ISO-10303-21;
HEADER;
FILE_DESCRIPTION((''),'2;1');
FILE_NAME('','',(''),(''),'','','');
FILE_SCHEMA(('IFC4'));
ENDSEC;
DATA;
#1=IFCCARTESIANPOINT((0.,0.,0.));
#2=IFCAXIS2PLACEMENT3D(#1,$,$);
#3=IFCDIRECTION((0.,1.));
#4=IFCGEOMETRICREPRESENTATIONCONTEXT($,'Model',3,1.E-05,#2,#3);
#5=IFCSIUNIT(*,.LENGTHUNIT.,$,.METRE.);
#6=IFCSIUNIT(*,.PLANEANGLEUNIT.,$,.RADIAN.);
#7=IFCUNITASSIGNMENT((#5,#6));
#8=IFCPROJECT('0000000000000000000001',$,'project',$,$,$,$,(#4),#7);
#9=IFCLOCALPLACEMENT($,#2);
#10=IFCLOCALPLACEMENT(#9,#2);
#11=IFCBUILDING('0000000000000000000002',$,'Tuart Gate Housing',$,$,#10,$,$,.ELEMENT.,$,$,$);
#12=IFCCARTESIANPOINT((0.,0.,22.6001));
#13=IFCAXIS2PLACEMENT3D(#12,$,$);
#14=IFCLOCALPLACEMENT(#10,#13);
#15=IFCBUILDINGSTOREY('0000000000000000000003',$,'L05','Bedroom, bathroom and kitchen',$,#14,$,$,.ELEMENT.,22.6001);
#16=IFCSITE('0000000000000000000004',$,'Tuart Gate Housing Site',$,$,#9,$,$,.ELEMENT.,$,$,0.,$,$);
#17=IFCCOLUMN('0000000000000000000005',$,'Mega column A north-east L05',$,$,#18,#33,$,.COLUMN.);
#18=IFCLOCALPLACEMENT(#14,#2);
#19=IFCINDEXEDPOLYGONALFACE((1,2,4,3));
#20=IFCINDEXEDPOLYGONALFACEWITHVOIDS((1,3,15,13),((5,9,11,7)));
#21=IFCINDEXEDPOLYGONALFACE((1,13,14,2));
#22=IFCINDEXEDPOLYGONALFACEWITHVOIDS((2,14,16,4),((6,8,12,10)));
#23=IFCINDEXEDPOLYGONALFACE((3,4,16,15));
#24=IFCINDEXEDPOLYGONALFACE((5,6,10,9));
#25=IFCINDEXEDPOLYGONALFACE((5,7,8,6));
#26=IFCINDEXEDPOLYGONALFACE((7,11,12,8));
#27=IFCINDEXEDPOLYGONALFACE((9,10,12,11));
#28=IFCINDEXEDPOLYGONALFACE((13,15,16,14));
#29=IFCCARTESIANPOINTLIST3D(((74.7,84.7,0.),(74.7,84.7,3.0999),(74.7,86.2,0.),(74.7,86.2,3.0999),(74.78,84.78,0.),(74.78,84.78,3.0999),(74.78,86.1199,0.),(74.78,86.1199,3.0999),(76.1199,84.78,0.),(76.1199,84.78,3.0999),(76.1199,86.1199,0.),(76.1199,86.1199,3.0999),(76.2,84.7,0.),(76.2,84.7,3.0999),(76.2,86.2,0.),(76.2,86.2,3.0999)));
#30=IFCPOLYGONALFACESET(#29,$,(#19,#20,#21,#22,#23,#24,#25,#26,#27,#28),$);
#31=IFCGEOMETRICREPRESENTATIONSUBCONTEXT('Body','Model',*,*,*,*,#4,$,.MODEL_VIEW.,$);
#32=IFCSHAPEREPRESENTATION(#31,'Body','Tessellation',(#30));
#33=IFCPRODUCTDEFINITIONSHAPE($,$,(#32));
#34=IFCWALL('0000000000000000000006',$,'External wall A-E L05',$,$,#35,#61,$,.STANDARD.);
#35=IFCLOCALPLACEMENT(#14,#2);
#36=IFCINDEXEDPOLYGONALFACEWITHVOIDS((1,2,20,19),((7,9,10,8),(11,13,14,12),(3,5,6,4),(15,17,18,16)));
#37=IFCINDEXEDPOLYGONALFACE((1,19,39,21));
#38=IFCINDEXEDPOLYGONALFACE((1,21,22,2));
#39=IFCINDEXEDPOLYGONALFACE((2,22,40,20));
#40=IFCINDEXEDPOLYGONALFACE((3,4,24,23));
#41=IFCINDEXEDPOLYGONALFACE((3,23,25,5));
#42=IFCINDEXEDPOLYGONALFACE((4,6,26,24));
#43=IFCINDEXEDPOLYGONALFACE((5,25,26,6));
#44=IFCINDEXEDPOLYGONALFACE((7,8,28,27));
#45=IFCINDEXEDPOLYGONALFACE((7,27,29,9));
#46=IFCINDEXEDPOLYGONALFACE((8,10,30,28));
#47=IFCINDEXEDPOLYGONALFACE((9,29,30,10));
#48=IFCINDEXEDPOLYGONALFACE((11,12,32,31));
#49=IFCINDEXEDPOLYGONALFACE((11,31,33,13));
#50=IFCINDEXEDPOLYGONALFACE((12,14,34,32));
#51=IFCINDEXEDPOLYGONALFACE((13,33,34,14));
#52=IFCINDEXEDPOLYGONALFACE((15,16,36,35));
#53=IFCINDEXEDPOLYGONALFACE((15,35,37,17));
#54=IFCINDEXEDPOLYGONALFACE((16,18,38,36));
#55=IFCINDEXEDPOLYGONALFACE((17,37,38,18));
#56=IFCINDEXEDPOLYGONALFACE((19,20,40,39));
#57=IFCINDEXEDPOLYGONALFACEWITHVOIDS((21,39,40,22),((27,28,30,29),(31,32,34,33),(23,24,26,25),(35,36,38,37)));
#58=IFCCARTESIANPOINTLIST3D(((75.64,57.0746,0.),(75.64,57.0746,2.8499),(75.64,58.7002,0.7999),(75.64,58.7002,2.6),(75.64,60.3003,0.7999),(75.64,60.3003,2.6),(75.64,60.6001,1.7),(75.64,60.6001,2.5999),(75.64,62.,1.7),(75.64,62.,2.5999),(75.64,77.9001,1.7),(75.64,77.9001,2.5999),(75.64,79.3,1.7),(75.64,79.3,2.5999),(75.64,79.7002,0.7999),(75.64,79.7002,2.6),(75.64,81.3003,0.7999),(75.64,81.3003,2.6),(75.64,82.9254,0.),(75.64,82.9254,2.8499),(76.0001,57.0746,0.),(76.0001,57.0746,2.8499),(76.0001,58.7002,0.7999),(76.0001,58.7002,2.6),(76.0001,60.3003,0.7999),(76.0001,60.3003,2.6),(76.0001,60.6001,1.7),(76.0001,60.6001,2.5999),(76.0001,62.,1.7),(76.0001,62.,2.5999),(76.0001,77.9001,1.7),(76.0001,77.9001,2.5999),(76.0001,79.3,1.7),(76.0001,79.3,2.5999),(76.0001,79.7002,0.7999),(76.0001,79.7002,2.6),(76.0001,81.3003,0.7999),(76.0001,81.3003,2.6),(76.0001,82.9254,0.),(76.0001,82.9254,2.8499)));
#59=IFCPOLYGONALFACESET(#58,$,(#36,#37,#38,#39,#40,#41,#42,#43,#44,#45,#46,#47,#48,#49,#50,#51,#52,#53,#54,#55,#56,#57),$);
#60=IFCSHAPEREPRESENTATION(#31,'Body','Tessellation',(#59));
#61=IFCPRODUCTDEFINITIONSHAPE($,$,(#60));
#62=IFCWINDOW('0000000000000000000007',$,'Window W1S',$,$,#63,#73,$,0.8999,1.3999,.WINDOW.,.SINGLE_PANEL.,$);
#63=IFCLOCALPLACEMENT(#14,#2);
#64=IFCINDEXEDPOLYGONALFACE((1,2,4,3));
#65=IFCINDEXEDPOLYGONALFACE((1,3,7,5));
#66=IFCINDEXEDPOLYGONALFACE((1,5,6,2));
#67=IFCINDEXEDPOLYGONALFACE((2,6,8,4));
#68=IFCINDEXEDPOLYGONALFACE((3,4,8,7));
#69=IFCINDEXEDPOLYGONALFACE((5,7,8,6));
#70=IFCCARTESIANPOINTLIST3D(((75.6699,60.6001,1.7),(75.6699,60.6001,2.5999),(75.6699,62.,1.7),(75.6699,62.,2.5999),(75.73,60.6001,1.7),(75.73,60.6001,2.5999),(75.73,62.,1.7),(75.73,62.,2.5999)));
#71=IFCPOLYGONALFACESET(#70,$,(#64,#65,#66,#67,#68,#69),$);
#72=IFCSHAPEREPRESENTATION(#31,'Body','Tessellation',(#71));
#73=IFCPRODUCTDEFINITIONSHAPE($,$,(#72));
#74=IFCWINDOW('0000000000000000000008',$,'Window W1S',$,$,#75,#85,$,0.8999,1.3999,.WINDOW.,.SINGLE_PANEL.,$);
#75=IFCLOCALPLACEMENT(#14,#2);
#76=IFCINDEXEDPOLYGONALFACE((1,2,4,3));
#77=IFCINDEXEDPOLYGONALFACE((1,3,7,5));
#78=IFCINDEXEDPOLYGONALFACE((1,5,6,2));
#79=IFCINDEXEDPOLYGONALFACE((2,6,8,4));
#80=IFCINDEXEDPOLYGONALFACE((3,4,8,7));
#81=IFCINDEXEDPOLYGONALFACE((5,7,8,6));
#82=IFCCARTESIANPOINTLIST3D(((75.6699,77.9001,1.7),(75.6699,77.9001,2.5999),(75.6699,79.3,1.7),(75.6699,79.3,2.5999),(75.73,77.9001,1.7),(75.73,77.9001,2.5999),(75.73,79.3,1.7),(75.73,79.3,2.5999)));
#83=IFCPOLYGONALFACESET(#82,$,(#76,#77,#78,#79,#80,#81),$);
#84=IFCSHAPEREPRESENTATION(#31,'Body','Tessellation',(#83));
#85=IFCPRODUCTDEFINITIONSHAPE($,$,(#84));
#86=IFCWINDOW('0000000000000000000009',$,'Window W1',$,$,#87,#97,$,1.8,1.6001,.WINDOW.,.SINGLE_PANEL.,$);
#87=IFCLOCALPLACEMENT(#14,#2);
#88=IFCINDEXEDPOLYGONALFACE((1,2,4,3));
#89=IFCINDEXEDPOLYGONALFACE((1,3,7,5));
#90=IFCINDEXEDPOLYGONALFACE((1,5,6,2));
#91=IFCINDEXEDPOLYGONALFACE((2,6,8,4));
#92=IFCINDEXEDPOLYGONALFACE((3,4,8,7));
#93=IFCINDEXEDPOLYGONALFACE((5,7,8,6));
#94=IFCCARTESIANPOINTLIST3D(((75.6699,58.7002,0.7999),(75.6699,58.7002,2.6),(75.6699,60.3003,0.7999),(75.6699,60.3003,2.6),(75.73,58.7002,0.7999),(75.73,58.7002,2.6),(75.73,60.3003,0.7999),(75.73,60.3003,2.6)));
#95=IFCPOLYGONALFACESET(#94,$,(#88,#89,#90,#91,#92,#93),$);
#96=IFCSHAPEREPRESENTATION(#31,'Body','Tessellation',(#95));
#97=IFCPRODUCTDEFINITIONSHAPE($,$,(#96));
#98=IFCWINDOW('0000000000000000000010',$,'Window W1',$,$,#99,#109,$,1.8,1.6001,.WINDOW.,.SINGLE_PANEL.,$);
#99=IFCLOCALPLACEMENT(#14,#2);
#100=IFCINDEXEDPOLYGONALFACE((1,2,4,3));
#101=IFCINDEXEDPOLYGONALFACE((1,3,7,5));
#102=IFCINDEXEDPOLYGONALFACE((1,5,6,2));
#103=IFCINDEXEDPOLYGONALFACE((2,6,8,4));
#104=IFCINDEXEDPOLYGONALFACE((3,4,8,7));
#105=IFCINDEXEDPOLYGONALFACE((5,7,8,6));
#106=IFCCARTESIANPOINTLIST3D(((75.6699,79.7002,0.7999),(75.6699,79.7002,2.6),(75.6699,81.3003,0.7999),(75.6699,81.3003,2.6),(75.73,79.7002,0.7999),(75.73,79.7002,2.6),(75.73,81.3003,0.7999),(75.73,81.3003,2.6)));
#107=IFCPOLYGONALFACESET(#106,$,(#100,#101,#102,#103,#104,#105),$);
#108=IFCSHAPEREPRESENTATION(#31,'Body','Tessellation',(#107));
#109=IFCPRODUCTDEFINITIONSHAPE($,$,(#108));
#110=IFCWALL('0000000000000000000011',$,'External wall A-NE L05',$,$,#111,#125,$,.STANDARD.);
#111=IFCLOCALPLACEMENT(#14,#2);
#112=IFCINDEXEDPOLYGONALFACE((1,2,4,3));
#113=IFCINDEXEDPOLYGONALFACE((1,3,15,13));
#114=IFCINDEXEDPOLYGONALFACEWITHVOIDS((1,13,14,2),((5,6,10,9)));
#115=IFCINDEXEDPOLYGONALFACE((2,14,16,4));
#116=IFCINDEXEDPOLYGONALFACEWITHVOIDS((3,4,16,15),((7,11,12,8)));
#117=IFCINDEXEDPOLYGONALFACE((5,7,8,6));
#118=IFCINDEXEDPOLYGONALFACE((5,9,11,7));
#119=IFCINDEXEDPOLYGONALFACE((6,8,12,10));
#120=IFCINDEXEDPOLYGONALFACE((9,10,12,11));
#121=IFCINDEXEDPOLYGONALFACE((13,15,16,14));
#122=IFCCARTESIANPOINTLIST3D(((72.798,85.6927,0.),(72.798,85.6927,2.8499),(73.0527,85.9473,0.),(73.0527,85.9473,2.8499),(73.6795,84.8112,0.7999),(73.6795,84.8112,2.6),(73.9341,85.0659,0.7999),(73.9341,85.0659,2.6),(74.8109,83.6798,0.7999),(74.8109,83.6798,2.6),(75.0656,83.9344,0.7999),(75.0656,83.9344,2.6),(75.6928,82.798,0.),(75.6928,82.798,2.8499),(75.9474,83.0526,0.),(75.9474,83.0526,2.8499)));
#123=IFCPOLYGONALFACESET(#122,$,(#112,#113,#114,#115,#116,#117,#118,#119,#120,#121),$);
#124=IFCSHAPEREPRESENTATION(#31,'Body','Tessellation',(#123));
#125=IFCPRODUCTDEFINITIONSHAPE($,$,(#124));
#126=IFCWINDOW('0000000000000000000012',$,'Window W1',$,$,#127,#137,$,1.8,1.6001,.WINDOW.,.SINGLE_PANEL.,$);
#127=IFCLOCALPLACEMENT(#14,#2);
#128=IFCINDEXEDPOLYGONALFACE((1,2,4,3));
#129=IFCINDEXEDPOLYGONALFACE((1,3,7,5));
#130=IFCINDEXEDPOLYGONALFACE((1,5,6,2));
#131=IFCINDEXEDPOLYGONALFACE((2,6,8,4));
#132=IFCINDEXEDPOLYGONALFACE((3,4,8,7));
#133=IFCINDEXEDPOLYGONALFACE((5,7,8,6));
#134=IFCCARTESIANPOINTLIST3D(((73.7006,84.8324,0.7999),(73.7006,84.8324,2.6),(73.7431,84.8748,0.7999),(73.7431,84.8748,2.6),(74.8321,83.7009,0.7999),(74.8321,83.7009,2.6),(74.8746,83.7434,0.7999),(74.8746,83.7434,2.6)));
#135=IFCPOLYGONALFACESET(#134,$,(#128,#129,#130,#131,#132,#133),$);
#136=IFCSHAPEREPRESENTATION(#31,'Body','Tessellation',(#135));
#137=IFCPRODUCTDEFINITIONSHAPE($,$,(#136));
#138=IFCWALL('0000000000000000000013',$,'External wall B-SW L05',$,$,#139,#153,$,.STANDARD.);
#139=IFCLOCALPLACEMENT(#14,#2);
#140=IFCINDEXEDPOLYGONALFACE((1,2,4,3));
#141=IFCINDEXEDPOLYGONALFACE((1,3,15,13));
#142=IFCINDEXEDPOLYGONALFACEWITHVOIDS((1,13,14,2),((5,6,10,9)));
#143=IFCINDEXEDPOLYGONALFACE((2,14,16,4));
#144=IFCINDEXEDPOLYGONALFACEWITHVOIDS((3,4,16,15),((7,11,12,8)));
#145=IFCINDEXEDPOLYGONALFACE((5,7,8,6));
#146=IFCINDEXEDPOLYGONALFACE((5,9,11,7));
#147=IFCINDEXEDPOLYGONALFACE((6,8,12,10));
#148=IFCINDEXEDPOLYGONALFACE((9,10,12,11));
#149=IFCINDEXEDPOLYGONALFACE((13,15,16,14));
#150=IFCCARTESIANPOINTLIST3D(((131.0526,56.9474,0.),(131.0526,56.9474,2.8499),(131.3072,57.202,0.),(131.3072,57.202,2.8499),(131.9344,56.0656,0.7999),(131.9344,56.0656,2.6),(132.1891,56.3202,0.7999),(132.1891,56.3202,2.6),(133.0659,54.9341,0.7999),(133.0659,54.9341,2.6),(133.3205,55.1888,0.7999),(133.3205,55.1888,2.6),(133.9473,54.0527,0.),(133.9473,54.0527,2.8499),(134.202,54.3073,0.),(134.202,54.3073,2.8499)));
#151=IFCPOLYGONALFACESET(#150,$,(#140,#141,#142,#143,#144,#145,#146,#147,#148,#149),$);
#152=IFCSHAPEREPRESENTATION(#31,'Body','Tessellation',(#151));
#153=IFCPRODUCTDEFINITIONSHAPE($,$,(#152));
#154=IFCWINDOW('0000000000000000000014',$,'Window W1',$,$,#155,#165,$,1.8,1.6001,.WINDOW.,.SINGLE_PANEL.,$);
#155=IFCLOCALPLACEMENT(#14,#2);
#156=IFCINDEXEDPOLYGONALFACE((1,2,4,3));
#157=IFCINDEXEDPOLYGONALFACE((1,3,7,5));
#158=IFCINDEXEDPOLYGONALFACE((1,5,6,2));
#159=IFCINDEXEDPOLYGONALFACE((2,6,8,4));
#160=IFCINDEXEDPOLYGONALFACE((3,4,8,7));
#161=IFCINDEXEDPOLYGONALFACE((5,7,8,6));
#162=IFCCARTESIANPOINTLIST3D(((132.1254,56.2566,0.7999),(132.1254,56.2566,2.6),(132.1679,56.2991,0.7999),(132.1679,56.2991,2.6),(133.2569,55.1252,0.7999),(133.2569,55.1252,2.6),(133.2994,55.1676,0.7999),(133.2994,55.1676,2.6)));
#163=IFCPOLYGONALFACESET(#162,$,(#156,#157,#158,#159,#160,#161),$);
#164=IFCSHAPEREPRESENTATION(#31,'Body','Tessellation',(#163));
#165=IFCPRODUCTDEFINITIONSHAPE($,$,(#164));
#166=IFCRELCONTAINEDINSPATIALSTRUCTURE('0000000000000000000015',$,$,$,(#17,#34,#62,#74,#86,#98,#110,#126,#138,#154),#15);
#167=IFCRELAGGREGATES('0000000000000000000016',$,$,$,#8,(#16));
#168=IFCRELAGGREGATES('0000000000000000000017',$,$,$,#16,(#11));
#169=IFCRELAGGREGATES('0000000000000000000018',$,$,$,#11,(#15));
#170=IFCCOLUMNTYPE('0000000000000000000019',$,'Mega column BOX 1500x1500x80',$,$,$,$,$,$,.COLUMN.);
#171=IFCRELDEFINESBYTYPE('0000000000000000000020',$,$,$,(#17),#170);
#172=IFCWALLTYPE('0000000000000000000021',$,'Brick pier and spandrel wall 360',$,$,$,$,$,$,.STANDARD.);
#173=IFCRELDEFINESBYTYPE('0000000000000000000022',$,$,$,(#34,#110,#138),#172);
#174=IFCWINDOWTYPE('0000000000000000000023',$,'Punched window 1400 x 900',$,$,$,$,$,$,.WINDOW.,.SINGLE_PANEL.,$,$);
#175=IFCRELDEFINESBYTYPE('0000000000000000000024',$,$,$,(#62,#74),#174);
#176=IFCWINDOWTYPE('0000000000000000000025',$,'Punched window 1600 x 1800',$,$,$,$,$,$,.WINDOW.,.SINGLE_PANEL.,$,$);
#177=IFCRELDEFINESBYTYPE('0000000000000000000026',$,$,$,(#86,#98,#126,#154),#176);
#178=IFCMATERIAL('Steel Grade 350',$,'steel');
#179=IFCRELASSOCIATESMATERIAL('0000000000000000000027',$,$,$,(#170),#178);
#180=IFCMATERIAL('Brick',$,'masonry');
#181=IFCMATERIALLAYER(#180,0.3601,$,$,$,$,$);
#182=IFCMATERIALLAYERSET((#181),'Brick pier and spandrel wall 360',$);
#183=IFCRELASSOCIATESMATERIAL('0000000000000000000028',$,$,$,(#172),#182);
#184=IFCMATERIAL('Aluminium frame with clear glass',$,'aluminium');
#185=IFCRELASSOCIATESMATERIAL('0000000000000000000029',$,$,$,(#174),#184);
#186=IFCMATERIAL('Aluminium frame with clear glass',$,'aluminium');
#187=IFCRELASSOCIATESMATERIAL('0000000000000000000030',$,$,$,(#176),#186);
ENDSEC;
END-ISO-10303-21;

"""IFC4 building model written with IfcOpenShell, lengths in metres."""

from ifc_helpers import new_model, si_unit, direction, frame, frame_2d, origin, origin_2d, place, context, subcontext, project, spatial, rectangle, hollow_rectangle, extrude, material, layer, layer_set, material_profile, profile_set, type_object, element, fill, save


model = new_model("IFC4")

# Units and contexts
model_context = context("Model", 3, precision=1e-05, world=origin(), true_north=direction((0.0, 1.0)))
body_context = subcontext(model_context, "Body", "Model", "MODEL_VIEW")
ifc_project = project(units=[si_unit("LENGTHUNIT", "METRE"), si_unit("PLANEANGLEUNIT", "RADIAN")], contexts=[model_context])

# Site, building, storey
site_placement = place(None, origin())
site = spatial("IfcSite", under=ifc_project, at=site_placement, Name="Tuart Gate Housing Site", CompositionType="ELEMENT", RefElevation=0.0)
building_placement = place(site_placement, origin())
building = spatial("IfcBuilding", under=site, at=building_placement, Name="Tuart Gate Housing", CompositionType="ELEMENT")
storey_placement = place(building_placement, frame((0.0, 0.0, 22.6001)))
storey = spatial("IfcBuildingStorey", under=building, at=storey_placement, Name="L05", Description="Bedroom, bathroom and kitchen", CompositionType="ELEMENT", Elevation=22.6001)

# Column
ifc_material_1 = material(Name="Steel Grade 350", Category="steel")
ifc_material_profile = material_profile(ifc_material_1, hollow_rectangle(XDim=1.5, YDim=1.5, WallThickness=0.0801, at=origin_2d()), Name="BOX 1500x1500x80")
ifc_profile_set = profile_set([ifc_material_profile], Name="Steel Grade 350")
column_type = type_object("IfcColumnType", Name="Mega column BOX 1500x1500x80", PredefinedType="COLUMN", material=ifc_profile_set)
column_placement = place(storey_placement, frame((75.45, 85.45, 0.0), z_axis=(0.0, 0.0, 1.0), x_axis=(1.0, 0.0, 0.0)))
element("IfcColumn", 1, at=column_placement, inside=storey, type_object=column_type, Name="Mega column A north-east L05", PredefinedType="COLUMN", context=body_context, shape_type="SweptSolid", body=[
    extrude(hollow_rectangle(XDim=1.5, YDim=1.5, WallThickness=0.0801, at=origin_2d()), origin(), (0.0, 0.0, 1.0), 3.0999),
])

# Wall, openings, windows
ifc_material_2 = material(Name="Brick", Category="masonry")
ifc_layer_1 = layer(ifc_material_2, 0.3601)
ifc_layer_set_1 = layer_set([ifc_layer_1], Name="Brick pier and spandrel wall 360")
wall_type_1 = type_object("IfcWallType", Name="Brick pier and spandrel wall 360", PredefinedType="STANDARD", material=ifc_layer_set_1)
wall_1_placement = place(storey_placement, frame((75.8201, 57.0747, 0.0), z_axis=(0.0, 0.0, 1.0), x_axis=(0.0, 1.0, 0.0)))
wall_1 = element("IfcWall", 2, at=wall_1_placement, inside=storey, type_object=wall_type_1, Name="External wall A-E L05", PredefinedType="STANDARD", context=body_context, shape_type="SweptSolid", body=[
    extrude(rectangle(XDim=25.8508, YDim=0.3601, at=frame_2d((12.9253, 0.0))), origin(), (0.0, 0.0, 1.0), 2.8499),
])
opening_1_placement = place(wall_1_placement, frame((1.6255, 0.0, 0.8)))
opening_1 = element("IfcOpeningElement", 3, at=opening_1_placement, cuts=wall_1, PredefinedType="OPENING", context=body_context, shape_type="SweptSolid", body=[
    extrude(rectangle(XDim=1.6001, YDim=1.8, at=frame_2d((0.8, 0.8999))), frame((0.0, 0.1899, 0.0), z_axis=(0.0, -1.0, 0.0), x_axis=(1.0, 0.0, 0.0)), (0.0, 0.0, 1.0), 0.3801),
])
opening_2_placement = place(wall_1_placement, frame((3.5254, 0.0, 1.7)))
opening_2 = element("IfcOpeningElement", 4, at=opening_2_placement, cuts=wall_1, PredefinedType="OPENING", context=body_context, shape_type="SweptSolid", body=[
    extrude(rectangle(XDim=1.3999, YDim=0.8999, at=frame_2d((0.7, 0.45))), frame((0.0, 0.1899, 0.0), z_axis=(0.0, -1.0, 0.0), x_axis=(1.0, 0.0, 0.0)), (0.0, 0.0, 1.0), 0.3801),
])
opening_3_placement = place(wall_1_placement, frame((20.8254, 0.0, 1.7)))
opening_3 = element("IfcOpeningElement", 5, at=opening_3_placement, cuts=wall_1, PredefinedType="OPENING", context=body_context, shape_type="SweptSolid", body=[
    extrude(rectangle(XDim=1.3999, YDim=0.8999, at=frame_2d((0.7, 0.45))), frame((0.0, 0.1899, 0.0), z_axis=(0.0, -1.0, 0.0), x_axis=(1.0, 0.0, 0.0)), (0.0, 0.0, 1.0), 0.3801),
])
opening_4_placement = place(wall_1_placement, frame((22.6255, 0.0, 0.8)))
opening_4 = element("IfcOpeningElement", 6, at=opening_4_placement, cuts=wall_1, PredefinedType="OPENING", context=body_context, shape_type="SweptSolid", body=[
    extrude(rectangle(XDim=1.6001, YDim=1.8, at=frame_2d((0.8, 0.8999))), frame((0.0, 0.1899, 0.0), z_axis=(0.0, -1.0, 0.0), x_axis=(1.0, 0.0, 0.0)), (0.0, 0.0, 1.0), 0.3801),
])
ifc_material_3 = material(Name="Aluminium frame with clear glass", Category="aluminium")
window_type_1 = type_object("IfcWindowType", Name="Punched window 1400 x 900", PartitioningType="SINGLE_PANEL", PredefinedType="WINDOW", material=ifc_material_3)
window_1_placement = place(opening_2_placement, origin())
window_1 = element("IfcWindow", 7, at=window_1_placement, inside=storey, type_object=window_type_1, Name="Window W1S", OverallHeight=0.8999, OverallWidth=1.3999, PartitioningType="SINGLE_PANEL", PredefinedType="WINDOW", context=body_context, shape_type="SweptSolid", body=[
    extrude(rectangle(XDim=1.3999, YDim=0.8999, at=frame_2d((0.7, 0.45))), frame((0.0, 0.1501, 0.0), z_axis=(0.0, -1.0, 0.0), x_axis=(1.0, 0.0, 0.0)), (0.0, 0.0, 1.0), 0.0601),
])
fill(opening_2, window_1)
window_2_placement = place(opening_3_placement, origin())
window_2 = element("IfcWindow", 8, at=window_2_placement, inside=storey, type_object=window_type_1, Name="Window W1S", OverallHeight=0.8999, OverallWidth=1.3999, PartitioningType="SINGLE_PANEL", PredefinedType="WINDOW", context=body_context, shape_type="SweptSolid", body=[
    extrude(rectangle(XDim=1.3999, YDim=0.8999, at=frame_2d((0.7, 0.45))), frame((0.0, 0.1501, 0.0), z_axis=(0.0, -1.0, 0.0), x_axis=(1.0, 0.0, 0.0)), (0.0, 0.0, 1.0), 0.0601),
])
fill(opening_3, window_2)
ifc_material_4 = material(Name="Aluminium frame with clear glass", Category="aluminium")
window_type_2 = type_object("IfcWindowType", Name="Punched window 1600 x 1800", PartitioningType="SINGLE_PANEL", PredefinedType="WINDOW", material=ifc_material_4)
window_3_placement = place(opening_1_placement, origin())
window_3 = element("IfcWindow", 9, at=window_3_placement, inside=storey, type_object=window_type_2, Name="Window W1", OverallHeight=1.8, OverallWidth=1.6001, PartitioningType="SINGLE_PANEL", PredefinedType="WINDOW", context=body_context, shape_type="SweptSolid", body=[
    extrude(rectangle(XDim=1.6001, YDim=1.8, at=frame_2d((0.8, 0.8999))), frame((0.0, 0.1501, 0.0), z_axis=(0.0, -1.0, 0.0), x_axis=(1.0, 0.0, 0.0)), (0.0, 0.0, 1.0), 0.0601),
])
fill(opening_1, window_3)
window_4_placement = place(opening_4_placement, origin())
window_4 = element("IfcWindow", 10, at=window_4_placement, inside=storey, type_object=window_type_2, Name="Window W1", OverallHeight=1.8, OverallWidth=1.6001, PartitioningType="SINGLE_PANEL", PredefinedType="WINDOW", context=body_context, shape_type="SweptSolid", body=[
    extrude(rectangle(XDim=1.6001, YDim=1.8, at=frame_2d((0.8, 0.8999))), frame((0.0, 0.1501, 0.0), z_axis=(0.0, -1.0, 0.0), x_axis=(1.0, 0.0, 0.0)), (0.0, 0.0, 1.0), 0.0601),
])
fill(opening_4, window_4)

# Walls, openings, windows
wall_2_placement = place(storey_placement, frame((75.8201, 82.9253, 0.0), z_axis=(0.0, 0.0, 1.0), x_axis=(-0.707107, 0.707107, 0.0)))
wall_2 = element("IfcWall", 11, at=wall_2_placement, inside=storey, type_object=wall_type_1, Name="External wall A-NE L05", PredefinedType="STANDARD", context=body_context, shape_type="SweptSolid", body=[
    extrude(rectangle(XDim=4.0938, YDim=0.3601, at=frame_2d((2.0469, 0.0))), origin(), (0.0, 0.0, 1.0), 2.8499),
])
opening_5_placement = place(wall_2_placement, frame((1.2471, 0.0, 0.8)))
opening_5 = element("IfcOpeningElement", 12, at=opening_5_placement, cuts=wall_2, PredefinedType="OPENING", context=body_context, shape_type="SweptSolid", body=[
    extrude(rectangle(XDim=1.6001, YDim=1.8, at=frame_2d((0.8, 0.8999))), frame((0.0, 0.1899, 0.0), z_axis=(0.0, -1.0, 0.0), x_axis=(1.0, 0.0, 0.0)), (0.0, 0.0, 1.0), 0.3801),
])
window_5_placement = place(opening_5_placement, origin())
window_5 = element("IfcWindow", 13, at=window_5_placement, inside=storey, type_object=window_type_2, Name="Window W1", OverallHeight=1.8, OverallWidth=1.6001, PartitioningType="SINGLE_PANEL", PredefinedType="WINDOW", context=body_context, shape_type="SweptSolid", body=[
    extrude(rectangle(XDim=1.6001, YDim=1.8, at=frame_2d((0.8, 0.8999))), frame((0.0, 0.1501, 0.0), z_axis=(0.0, -1.0, 0.0), x_axis=(1.0, 0.0, 0.0)), (0.0, 0.0, 1.0), 0.0601),
])
fill(opening_5, window_5)
wall_3_placement = place(storey_placement, frame((131.1799, 57.0747, 0.0), z_axis=(0.0, 0.0, 1.0), x_axis=(0.707107, -0.707107, 0.0)))
wall_3 = element("IfcWall", 14, at=wall_3_placement, inside=storey, type_object=wall_type_1, Name="External wall B-SW L05", PredefinedType="STANDARD", context=body_context, shape_type="SweptSolid", body=[
    extrude(rectangle(XDim=4.0938, YDim=0.3601, at=frame_2d((2.0469, 0.0))), origin(), (0.0, 0.0, 1.0), 2.8499),
])
opening_6_placement = place(wall_3_placement, frame((1.2471, 0.0, 0.8)))
opening_6 = element("IfcOpeningElement", 15, at=opening_6_placement, cuts=wall_3, PredefinedType="OPENING", context=body_context, shape_type="SweptSolid", body=[
    extrude(rectangle(XDim=1.6001, YDim=1.8, at=frame_2d((0.8, 0.8999))), frame((0.0, 0.1899, 0.0), z_axis=(0.0, -1.0, 0.0), x_axis=(1.0, 0.0, 0.0)), (0.0, 0.0, 1.0), 0.3801),
])
window_6_placement = place(opening_6_placement, origin())
window_6 = element("IfcWindow", 16, at=window_6_placement, inside=storey, type_object=window_type_2, Name="Window W1", OverallHeight=1.8, OverallWidth=1.6001, PartitioningType="SINGLE_PANEL", PredefinedType="WINDOW", context=body_context, shape_type="SweptSolid", body=[
    extrude(rectangle(XDim=1.6001, YDim=1.8, at=frame_2d((0.8, 0.8999))), frame((0.0, 0.1501, 0.0), z_axis=(0.0, -1.0, 0.0), x_axis=(1.0, 0.0, 0.0)), (0.0, 0.0, 1.0), 0.0601),
])
fill(opening_6, window_6)

save(model, "model.ifc")
